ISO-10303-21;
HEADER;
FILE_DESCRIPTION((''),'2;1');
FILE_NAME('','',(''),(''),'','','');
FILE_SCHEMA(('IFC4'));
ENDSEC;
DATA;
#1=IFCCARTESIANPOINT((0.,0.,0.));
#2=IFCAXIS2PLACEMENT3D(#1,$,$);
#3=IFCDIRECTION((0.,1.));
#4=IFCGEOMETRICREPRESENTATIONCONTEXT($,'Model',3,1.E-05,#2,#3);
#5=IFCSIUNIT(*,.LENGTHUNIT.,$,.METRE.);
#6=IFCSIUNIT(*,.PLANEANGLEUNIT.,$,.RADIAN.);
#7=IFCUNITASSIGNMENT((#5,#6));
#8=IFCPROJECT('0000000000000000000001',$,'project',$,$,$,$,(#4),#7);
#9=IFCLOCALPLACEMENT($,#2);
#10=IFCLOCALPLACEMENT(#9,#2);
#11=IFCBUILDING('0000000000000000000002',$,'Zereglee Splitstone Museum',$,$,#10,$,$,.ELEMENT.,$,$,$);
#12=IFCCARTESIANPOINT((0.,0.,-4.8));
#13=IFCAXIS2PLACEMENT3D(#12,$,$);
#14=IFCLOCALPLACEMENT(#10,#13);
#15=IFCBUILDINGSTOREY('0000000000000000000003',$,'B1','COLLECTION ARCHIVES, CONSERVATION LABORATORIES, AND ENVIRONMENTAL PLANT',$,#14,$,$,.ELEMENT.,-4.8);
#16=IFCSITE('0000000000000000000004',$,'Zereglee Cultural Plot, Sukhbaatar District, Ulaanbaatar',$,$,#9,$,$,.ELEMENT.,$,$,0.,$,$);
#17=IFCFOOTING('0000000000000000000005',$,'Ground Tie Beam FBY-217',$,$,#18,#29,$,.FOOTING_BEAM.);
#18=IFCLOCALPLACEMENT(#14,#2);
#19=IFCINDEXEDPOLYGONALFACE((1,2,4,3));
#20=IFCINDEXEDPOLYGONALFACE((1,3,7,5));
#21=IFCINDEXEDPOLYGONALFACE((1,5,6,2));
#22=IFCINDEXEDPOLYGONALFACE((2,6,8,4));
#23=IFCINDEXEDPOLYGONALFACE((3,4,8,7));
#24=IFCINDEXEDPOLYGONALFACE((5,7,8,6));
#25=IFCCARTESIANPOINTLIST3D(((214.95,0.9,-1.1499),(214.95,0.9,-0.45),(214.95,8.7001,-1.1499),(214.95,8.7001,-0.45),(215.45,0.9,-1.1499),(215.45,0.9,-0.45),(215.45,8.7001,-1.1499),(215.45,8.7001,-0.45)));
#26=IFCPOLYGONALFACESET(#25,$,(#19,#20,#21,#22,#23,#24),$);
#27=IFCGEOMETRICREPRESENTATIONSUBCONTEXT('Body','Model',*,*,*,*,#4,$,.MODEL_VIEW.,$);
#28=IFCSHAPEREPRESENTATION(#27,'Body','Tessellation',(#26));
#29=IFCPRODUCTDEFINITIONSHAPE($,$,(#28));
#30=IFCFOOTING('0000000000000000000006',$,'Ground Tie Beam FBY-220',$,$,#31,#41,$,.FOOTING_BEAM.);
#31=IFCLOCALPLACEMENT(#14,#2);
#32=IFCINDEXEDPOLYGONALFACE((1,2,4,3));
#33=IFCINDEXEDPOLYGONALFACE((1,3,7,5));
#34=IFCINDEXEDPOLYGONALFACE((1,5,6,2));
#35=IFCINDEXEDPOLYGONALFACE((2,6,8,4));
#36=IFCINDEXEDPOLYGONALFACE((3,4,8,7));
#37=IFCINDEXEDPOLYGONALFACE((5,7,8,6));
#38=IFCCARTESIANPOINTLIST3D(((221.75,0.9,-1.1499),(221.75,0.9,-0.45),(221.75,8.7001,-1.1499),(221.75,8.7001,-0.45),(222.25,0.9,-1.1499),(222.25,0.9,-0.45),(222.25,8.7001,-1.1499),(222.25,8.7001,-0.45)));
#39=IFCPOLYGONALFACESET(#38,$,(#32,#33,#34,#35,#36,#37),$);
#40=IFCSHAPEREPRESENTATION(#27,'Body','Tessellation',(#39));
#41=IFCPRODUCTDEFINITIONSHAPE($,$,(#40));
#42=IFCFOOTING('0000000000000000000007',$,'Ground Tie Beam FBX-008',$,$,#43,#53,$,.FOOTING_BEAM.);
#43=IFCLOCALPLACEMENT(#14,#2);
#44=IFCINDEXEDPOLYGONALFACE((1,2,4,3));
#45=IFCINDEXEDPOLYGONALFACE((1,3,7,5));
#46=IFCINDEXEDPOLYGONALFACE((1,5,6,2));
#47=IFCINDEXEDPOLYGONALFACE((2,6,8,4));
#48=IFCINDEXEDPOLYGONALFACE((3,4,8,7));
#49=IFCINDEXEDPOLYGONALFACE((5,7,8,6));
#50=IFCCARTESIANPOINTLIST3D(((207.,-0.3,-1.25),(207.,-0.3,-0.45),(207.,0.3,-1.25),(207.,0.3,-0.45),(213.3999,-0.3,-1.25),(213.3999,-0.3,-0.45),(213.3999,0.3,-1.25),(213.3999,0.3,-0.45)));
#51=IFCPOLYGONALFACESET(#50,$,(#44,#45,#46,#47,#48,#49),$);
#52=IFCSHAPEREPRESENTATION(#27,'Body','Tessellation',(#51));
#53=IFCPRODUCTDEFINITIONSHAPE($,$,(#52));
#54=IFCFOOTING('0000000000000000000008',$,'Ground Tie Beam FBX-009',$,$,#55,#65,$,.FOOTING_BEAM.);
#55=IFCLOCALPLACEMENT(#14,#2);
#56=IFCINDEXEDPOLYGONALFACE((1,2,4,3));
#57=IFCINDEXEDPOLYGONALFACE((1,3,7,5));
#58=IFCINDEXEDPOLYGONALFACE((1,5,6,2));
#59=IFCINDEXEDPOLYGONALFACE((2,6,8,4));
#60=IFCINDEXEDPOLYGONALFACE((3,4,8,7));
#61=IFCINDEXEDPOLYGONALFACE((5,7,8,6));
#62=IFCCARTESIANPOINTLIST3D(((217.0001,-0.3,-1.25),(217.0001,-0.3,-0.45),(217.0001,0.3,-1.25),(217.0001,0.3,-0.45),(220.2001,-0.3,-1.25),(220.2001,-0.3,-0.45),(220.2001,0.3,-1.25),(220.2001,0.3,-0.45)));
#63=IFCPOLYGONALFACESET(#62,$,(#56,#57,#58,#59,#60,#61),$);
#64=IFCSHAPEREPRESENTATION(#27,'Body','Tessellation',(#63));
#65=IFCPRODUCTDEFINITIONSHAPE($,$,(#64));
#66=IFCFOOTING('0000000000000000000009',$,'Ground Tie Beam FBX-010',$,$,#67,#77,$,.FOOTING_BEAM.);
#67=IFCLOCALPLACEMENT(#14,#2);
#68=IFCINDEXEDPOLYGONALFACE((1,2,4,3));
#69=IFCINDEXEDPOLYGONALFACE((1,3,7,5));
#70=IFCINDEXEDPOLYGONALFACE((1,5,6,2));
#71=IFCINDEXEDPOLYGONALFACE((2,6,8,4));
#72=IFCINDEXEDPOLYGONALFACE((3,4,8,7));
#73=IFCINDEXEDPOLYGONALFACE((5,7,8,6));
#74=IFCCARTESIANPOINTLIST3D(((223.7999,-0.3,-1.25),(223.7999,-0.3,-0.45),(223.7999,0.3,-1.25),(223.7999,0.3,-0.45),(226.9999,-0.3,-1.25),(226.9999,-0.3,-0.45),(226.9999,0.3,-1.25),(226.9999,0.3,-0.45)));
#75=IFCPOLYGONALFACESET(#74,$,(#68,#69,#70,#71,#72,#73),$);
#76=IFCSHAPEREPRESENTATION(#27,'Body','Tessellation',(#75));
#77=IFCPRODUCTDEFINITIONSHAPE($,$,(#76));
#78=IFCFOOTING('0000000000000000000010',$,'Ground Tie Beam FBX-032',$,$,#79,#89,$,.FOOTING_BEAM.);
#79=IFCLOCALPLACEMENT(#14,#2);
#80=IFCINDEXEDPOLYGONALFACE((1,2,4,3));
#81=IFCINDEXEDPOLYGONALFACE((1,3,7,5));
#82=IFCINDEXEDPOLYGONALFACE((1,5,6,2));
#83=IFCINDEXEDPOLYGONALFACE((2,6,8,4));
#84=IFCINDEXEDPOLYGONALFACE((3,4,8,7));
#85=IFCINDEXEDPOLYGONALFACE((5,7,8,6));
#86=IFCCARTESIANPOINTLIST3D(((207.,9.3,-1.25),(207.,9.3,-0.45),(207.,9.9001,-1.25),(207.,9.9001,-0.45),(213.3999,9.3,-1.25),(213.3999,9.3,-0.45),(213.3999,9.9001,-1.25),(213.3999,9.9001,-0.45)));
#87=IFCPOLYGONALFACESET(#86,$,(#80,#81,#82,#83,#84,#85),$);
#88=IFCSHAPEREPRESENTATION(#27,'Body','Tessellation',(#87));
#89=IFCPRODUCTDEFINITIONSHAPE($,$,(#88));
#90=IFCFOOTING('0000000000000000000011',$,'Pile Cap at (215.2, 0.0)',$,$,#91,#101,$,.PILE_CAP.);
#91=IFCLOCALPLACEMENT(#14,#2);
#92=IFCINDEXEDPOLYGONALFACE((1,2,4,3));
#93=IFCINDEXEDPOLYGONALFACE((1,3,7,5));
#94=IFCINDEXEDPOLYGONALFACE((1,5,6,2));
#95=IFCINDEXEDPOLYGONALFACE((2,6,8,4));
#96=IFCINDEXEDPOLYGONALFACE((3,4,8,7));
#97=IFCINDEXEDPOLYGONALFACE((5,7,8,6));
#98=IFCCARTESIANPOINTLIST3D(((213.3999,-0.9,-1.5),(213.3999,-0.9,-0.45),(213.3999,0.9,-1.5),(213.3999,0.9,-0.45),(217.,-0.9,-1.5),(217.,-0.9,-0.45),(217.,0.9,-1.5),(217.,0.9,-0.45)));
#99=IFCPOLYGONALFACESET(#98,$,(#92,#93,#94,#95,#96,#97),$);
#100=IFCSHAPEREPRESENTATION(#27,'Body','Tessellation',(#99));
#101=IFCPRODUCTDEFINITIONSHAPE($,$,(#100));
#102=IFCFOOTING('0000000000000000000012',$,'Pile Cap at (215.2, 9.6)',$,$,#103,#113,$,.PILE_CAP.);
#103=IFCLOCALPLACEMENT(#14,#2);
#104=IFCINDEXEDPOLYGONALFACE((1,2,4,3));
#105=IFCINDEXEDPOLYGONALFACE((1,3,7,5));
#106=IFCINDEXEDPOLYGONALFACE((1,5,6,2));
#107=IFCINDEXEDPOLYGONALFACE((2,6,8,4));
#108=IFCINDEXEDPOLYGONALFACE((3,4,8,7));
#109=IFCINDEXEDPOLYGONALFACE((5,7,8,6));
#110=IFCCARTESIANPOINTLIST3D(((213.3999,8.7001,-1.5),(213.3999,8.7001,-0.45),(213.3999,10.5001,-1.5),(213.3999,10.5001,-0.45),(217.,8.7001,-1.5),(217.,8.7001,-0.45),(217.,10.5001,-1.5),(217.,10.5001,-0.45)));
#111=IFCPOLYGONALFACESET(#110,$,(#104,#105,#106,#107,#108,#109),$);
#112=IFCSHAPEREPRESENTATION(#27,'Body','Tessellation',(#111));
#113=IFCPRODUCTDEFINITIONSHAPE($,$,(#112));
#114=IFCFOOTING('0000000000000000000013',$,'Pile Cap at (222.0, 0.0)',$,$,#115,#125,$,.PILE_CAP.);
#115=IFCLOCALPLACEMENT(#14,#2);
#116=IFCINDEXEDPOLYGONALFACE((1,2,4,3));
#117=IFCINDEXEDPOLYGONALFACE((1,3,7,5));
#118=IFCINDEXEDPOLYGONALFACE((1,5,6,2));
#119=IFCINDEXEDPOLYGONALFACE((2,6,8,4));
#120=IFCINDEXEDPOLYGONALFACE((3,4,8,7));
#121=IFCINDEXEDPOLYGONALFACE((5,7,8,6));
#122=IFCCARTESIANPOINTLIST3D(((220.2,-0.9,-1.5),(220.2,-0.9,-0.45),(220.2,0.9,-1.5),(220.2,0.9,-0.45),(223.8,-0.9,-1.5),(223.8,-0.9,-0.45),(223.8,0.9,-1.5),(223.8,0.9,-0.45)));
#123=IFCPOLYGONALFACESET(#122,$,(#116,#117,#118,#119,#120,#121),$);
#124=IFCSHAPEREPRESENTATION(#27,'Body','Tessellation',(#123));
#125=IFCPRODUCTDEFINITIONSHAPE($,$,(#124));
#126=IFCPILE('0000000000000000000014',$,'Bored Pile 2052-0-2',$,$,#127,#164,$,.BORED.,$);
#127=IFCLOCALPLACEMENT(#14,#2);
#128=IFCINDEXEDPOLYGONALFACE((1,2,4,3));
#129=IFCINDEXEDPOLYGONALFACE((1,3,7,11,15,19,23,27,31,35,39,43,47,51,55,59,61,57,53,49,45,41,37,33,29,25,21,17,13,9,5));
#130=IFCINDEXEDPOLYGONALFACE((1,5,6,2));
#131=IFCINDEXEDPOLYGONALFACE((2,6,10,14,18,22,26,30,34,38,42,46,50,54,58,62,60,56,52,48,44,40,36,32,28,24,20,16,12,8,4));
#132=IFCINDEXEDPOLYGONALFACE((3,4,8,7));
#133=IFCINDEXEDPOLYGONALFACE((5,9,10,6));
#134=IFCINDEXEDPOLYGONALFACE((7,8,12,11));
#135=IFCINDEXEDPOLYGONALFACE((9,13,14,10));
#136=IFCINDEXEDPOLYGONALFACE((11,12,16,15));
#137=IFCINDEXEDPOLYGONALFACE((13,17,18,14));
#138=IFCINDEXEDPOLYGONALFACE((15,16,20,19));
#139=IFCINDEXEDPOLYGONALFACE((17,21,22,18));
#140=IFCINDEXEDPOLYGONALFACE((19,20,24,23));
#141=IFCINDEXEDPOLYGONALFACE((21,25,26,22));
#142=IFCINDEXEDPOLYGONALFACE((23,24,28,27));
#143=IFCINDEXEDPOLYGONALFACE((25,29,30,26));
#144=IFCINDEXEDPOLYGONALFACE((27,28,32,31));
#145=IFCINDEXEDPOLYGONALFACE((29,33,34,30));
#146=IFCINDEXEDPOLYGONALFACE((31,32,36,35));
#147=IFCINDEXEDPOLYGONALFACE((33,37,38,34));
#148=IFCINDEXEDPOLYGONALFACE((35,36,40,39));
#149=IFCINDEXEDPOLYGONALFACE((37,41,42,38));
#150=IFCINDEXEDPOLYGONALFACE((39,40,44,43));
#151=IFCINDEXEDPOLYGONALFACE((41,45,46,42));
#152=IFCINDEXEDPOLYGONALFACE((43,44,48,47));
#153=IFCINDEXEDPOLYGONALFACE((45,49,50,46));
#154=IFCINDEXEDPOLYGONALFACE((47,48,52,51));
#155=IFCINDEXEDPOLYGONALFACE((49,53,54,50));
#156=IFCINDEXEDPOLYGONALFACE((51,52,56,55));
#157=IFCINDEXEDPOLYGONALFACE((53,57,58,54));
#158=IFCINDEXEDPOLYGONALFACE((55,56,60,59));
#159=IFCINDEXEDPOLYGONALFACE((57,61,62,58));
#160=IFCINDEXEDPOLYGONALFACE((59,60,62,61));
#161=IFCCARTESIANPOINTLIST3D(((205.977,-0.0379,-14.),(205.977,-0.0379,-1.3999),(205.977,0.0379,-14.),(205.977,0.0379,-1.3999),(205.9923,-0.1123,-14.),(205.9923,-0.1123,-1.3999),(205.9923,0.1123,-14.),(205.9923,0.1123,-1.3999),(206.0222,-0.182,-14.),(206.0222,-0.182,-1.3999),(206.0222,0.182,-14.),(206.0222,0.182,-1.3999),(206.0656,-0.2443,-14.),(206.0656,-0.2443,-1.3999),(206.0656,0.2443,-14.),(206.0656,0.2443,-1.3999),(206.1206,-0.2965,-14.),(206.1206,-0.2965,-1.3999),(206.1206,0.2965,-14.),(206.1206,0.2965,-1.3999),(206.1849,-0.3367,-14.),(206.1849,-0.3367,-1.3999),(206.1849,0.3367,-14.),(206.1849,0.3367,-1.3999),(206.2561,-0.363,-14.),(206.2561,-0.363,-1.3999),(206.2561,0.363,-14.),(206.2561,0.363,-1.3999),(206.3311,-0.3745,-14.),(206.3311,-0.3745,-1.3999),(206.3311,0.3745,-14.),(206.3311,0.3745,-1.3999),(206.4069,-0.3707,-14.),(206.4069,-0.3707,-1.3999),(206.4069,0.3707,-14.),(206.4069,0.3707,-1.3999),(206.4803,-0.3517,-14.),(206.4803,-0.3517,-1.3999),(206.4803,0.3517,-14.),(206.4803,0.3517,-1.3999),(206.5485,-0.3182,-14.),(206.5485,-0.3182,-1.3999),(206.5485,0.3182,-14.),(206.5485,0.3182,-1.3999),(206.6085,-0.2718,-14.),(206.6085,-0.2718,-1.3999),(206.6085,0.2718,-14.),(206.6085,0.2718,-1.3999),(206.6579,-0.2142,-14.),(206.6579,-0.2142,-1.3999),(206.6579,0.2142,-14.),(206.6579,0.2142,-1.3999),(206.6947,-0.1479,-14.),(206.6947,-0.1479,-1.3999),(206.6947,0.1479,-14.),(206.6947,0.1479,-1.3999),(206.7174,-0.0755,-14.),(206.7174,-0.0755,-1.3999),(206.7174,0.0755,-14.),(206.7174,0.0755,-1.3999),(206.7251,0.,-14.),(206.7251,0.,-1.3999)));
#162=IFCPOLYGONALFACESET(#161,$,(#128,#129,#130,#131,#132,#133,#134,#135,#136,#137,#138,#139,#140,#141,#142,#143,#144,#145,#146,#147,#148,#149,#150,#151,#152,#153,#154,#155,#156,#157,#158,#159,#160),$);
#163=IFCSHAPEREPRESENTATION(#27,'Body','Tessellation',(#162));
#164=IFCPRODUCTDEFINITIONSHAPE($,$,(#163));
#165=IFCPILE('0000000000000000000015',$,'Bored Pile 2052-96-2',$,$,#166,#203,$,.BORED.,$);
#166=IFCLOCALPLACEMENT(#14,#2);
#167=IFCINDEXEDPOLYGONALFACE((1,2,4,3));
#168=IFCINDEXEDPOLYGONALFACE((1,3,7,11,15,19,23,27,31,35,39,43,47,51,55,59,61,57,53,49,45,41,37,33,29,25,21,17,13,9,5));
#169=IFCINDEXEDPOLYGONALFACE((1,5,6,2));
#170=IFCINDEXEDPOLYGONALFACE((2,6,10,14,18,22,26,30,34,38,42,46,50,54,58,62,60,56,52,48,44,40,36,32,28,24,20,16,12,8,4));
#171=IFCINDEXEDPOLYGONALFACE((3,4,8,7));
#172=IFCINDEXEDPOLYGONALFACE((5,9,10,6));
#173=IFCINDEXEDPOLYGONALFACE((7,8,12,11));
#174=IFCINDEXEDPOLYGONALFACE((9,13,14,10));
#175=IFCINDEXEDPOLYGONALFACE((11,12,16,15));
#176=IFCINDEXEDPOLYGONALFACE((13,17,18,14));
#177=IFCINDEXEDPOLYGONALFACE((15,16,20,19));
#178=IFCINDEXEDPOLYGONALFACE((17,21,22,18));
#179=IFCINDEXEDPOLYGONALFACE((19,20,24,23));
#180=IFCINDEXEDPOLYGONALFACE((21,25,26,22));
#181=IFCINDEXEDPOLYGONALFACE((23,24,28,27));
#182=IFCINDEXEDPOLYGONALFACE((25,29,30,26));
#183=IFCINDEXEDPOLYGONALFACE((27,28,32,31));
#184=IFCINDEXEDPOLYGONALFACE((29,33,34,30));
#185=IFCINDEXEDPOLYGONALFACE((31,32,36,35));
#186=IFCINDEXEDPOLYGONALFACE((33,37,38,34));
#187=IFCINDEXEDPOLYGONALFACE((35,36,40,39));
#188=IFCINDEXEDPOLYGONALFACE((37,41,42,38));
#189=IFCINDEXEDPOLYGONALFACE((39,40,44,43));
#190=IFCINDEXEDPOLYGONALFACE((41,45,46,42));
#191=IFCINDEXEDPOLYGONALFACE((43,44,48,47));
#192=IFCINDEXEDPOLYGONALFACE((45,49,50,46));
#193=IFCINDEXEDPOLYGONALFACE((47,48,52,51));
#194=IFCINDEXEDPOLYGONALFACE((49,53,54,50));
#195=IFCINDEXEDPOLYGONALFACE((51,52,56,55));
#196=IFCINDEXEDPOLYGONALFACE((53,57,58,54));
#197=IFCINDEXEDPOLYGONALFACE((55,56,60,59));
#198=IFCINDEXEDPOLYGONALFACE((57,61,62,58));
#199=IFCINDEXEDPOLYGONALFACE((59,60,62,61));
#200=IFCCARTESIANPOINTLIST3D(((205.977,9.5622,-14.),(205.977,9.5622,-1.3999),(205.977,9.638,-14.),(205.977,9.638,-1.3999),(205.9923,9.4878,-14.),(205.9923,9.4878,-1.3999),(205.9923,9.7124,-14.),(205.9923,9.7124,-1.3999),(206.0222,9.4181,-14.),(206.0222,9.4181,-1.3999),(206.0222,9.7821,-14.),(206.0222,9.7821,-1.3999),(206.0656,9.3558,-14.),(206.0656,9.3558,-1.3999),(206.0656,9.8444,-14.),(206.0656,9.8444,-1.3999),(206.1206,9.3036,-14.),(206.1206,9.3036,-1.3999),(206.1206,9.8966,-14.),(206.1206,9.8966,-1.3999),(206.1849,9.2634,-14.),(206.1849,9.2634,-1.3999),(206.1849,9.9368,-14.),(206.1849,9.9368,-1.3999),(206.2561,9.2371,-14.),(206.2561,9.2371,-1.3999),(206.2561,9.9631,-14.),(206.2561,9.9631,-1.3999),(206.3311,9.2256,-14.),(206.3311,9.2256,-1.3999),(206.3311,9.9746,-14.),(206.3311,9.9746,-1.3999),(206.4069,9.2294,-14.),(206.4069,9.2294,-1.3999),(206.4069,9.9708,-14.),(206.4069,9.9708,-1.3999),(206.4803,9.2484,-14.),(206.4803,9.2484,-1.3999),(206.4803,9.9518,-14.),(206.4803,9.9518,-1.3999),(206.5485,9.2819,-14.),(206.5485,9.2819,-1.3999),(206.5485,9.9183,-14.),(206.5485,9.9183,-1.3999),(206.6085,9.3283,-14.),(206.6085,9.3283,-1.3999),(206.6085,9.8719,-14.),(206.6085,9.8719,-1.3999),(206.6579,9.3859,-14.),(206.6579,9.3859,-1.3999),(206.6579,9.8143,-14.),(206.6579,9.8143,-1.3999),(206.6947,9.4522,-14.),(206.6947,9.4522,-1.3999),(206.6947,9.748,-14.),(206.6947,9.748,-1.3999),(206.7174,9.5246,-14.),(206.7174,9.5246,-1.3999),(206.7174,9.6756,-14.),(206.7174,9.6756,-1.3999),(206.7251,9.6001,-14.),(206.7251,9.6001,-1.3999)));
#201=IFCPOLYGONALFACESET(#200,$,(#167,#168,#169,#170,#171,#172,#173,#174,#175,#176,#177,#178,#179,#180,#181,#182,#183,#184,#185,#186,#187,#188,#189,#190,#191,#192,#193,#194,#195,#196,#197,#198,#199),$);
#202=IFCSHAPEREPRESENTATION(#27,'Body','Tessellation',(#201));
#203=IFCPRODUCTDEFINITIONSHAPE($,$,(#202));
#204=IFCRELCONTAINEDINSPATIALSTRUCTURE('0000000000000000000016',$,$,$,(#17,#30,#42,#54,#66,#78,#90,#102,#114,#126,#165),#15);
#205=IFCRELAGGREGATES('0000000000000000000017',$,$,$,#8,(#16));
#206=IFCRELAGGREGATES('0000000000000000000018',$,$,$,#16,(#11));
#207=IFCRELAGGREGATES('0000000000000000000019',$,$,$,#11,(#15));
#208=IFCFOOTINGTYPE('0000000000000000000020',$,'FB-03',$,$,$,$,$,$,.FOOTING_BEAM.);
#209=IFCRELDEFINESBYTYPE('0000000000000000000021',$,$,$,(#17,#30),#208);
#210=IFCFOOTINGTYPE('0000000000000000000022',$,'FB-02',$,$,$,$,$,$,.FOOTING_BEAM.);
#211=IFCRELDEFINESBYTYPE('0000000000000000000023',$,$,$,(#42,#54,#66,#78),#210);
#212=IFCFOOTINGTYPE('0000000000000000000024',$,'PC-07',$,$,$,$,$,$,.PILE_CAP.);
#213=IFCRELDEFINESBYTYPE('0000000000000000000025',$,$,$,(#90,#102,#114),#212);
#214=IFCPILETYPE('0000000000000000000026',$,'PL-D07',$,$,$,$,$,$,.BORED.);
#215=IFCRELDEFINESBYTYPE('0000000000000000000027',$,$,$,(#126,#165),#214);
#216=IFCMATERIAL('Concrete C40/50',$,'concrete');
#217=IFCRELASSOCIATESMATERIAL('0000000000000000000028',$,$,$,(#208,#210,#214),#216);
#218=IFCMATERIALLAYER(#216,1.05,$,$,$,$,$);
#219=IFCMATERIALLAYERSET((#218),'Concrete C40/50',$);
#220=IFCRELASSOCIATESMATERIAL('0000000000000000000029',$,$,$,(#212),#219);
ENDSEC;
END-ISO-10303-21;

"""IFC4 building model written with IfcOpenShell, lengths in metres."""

from ifc_helpers import new_model, si_unit, direction, frame, origin, origin_2d, place, context, subcontext, project, spatial, rectangle, circle, extrude, material, layer, layer_set, material_profile, profile_set, type_object, element, save


model = new_model("IFC4")

# Units and contexts
model_context = context("Model", 3, precision=1e-05, world=origin(), true_north=direction((0.0, 1.0)))
body_context = subcontext(model_context, "Body", "Model", "MODEL_VIEW")
ifc_project = project(units=[si_unit("LENGTHUNIT", "METRE"), si_unit("PLANEANGLEUNIT", "RADIAN")], contexts=[model_context])

# Site, building, storey
site_placement = place(None, origin())
site = spatial("IfcSite", under=ifc_project, at=site_placement, Name="Zereglee Cultural Plot, Sukhbaatar District, Ulaanbaatar", CompositionType="ELEMENT", RefElevation=0.0)
building_placement = place(site_placement, origin())
building = spatial("IfcBuilding", under=site, at=building_placement, Name="Zereglee Splitstone Museum", CompositionType="ELEMENT")
storey_placement = place(building_placement, frame((0.0, 0.0, -4.8)))
storey = spatial("IfcBuildingStorey", under=building, at=storey_placement, Name="B1", Description="COLLECTION ARCHIVES, CONSERVATION LABORATORIES, AND ENVIRONMENTAL PLANT", CompositionType="ELEMENT", Elevation=-4.8)

# Footings
ifc_material_1 = material(Name="Concrete C40/50", Category="concrete")
footing_type_1 = type_object("IfcFootingType", Name="FB-03", PredefinedType="FOOTING_BEAM", material=ifc_material_1)
for number, where, z_axis, x_axis, name in (
    (1, (215.2, 4.8, -1.1499), (0.0, 0.0, 1.0), (0.0, 1.0, 0.0), "Ground Tie Beam FBY-217"),
    (2, (222.0, 4.8, -1.1499), (0.0, 0.0, 1.0), (0.0, 1.0, 0.0), "Ground Tie Beam FBY-220"),
):
    element("IfcFooting", number, at=place(storey_placement, frame(where, z_axis=z_axis, x_axis=x_axis)), inside=storey, type_object=footing_type_1, Name=name, PredefinedType="FOOTING_BEAM", context=body_context, shape_type="SweptSolid", body=[
        extrude(rectangle(XDim=7.8, YDim=0.5, at=origin_2d()), origin(), (0.0, 0.0, 1.0), 0.7),
    ])
footing_type_2 = type_object("IfcFootingType", Name="FB-02", PredefinedType="FOOTING_BEAM", material=ifc_material_1)
footing_1_placement = place(storey_placement, frame((210.2, 0.0, -1.25), z_axis=(0.0, 0.0, 1.0), x_axis=(1.0, 0.0, 0.0)))
element("IfcFooting", 3, at=footing_1_placement, inside=storey, type_object=footing_type_2, Name="Ground Tie Beam FBX-008", PredefinedType="FOOTING_BEAM", context=body_context, shape_type="SweptSolid", body=[
    extrude(rectangle(XDim=6.3999, YDim=0.6001, at=origin_2d()), origin(), (0.0, 0.0, 1.0), 0.8),
])
for number, where, z_axis, x_axis, name in (
    (4, (218.6001, 0.0, -1.25), (0.0, 0.0, 1.0), (1.0, 0.0, 0.0), "Ground Tie Beam FBX-009"),
    (5, (225.3999, 0.0, -1.25), (0.0, 0.0, 1.0), (1.0, 0.0, 0.0), "Ground Tie Beam FBX-010"),
):
    element("IfcFooting", number, at=place(storey_placement, frame(where, z_axis=z_axis, x_axis=x_axis)), inside=storey, type_object=footing_type_2, Name=name, PredefinedType="FOOTING_BEAM", context=body_context, shape_type="SweptSolid", body=[
        extrude(rectangle(XDim=3.2, YDim=0.6001, at=origin_2d()), origin(), (0.0, 0.0, 1.0), 0.8),
    ])
footing_2_placement = place(storey_placement, frame((210.2, 9.6001, -1.25), z_axis=(0.0, 0.0, 1.0), x_axis=(1.0, 0.0, 0.0)))
element("IfcFooting", 6, at=footing_2_placement, inside=storey, type_object=footing_type_2, Name="Ground Tie Beam FBX-032", PredefinedType="FOOTING_BEAM", context=body_context, shape_type="SweptSolid", body=[
    extrude(rectangle(XDim=6.3999, YDim=0.6001, at=origin_2d()), origin(), (0.0, 0.0, 1.0), 0.8),
])
ifc_layer_1 = layer(ifc_material_1, 1.05)
ifc_layer_set_1 = layer_set([ifc_layer_1], Name="Concrete C40/50")
footing_type_3 = type_object("IfcFootingType", Name="PC-07", PredefinedType="PILE_CAP", material=ifc_layer_set_1)
for number, where, z_axis, x_axis, name in (
    (7, (215.2, 0.0, -1.5), (0.0, 0.0, 1.0), (1.0, 0.0, 0.0), "Pile Cap at (215.2, 0.0)"),
    (8, (215.2, 9.6001, -1.5), (0.0, 0.0, 1.0), (1.0, 0.0, 0.0), "Pile Cap at (215.2, 9.6)"),
    (9, (222.0, 0.0, -1.5), (0.0, 0.0, 1.0), (1.0, 0.0, 0.0), "Pile Cap at (222.0, 0.0)"),
):
    element("IfcFooting", number, at=place(storey_placement, frame(where, z_axis=z_axis, x_axis=x_axis)), inside=storey, type_object=footing_type_3, Name=name, PredefinedType="PILE_CAP", context=body_context, shape_type="SweptSolid", body=[
        extrude(rectangle(XDim=3.6001, YDim=1.8, at=origin_2d()), origin(), (0.0, 0.0, 1.0), 1.05),
    ])

# Piles
ifc_material_profile_1 = material_profile(ifc_material_1, circle(Radius=0.375, at=origin_2d()), Name="PILE D750")
ifc_profile_set_1 = profile_set([ifc_material_profile_1], Name="Concrete C40/50")
pile_type = type_object("IfcPileType", Name="PL-D07", PredefinedType="BORED", material=ifc_profile_set_1)
for number, where, z_axis, x_axis, name in (
    (10, (206.3501, 0.0, -1.3999), (0.0, 0.0, -1.0), (1.0, 0.0, 0.0), "Bored Pile 2052-0-2"),
    (11, (206.3501, 9.6001, -1.3999), (0.0, 0.0, -1.0), (1.0, 0.0, 0.0), "Bored Pile 2052-96-2"),
):
    element("IfcPile", number, at=place(storey_placement, frame(where, z_axis=z_axis, x_axis=x_axis)), inside=storey, type_object=pile_type, Name=name, PredefinedType="BORED", context=body_context, shape_type="SweptSolid", body=[
        extrude(circle(Radius=0.375, at=origin_2d()), origin(), (0.0, 0.0, 1.0), 12.6001),
    ])

save(model, "model.ifc")
